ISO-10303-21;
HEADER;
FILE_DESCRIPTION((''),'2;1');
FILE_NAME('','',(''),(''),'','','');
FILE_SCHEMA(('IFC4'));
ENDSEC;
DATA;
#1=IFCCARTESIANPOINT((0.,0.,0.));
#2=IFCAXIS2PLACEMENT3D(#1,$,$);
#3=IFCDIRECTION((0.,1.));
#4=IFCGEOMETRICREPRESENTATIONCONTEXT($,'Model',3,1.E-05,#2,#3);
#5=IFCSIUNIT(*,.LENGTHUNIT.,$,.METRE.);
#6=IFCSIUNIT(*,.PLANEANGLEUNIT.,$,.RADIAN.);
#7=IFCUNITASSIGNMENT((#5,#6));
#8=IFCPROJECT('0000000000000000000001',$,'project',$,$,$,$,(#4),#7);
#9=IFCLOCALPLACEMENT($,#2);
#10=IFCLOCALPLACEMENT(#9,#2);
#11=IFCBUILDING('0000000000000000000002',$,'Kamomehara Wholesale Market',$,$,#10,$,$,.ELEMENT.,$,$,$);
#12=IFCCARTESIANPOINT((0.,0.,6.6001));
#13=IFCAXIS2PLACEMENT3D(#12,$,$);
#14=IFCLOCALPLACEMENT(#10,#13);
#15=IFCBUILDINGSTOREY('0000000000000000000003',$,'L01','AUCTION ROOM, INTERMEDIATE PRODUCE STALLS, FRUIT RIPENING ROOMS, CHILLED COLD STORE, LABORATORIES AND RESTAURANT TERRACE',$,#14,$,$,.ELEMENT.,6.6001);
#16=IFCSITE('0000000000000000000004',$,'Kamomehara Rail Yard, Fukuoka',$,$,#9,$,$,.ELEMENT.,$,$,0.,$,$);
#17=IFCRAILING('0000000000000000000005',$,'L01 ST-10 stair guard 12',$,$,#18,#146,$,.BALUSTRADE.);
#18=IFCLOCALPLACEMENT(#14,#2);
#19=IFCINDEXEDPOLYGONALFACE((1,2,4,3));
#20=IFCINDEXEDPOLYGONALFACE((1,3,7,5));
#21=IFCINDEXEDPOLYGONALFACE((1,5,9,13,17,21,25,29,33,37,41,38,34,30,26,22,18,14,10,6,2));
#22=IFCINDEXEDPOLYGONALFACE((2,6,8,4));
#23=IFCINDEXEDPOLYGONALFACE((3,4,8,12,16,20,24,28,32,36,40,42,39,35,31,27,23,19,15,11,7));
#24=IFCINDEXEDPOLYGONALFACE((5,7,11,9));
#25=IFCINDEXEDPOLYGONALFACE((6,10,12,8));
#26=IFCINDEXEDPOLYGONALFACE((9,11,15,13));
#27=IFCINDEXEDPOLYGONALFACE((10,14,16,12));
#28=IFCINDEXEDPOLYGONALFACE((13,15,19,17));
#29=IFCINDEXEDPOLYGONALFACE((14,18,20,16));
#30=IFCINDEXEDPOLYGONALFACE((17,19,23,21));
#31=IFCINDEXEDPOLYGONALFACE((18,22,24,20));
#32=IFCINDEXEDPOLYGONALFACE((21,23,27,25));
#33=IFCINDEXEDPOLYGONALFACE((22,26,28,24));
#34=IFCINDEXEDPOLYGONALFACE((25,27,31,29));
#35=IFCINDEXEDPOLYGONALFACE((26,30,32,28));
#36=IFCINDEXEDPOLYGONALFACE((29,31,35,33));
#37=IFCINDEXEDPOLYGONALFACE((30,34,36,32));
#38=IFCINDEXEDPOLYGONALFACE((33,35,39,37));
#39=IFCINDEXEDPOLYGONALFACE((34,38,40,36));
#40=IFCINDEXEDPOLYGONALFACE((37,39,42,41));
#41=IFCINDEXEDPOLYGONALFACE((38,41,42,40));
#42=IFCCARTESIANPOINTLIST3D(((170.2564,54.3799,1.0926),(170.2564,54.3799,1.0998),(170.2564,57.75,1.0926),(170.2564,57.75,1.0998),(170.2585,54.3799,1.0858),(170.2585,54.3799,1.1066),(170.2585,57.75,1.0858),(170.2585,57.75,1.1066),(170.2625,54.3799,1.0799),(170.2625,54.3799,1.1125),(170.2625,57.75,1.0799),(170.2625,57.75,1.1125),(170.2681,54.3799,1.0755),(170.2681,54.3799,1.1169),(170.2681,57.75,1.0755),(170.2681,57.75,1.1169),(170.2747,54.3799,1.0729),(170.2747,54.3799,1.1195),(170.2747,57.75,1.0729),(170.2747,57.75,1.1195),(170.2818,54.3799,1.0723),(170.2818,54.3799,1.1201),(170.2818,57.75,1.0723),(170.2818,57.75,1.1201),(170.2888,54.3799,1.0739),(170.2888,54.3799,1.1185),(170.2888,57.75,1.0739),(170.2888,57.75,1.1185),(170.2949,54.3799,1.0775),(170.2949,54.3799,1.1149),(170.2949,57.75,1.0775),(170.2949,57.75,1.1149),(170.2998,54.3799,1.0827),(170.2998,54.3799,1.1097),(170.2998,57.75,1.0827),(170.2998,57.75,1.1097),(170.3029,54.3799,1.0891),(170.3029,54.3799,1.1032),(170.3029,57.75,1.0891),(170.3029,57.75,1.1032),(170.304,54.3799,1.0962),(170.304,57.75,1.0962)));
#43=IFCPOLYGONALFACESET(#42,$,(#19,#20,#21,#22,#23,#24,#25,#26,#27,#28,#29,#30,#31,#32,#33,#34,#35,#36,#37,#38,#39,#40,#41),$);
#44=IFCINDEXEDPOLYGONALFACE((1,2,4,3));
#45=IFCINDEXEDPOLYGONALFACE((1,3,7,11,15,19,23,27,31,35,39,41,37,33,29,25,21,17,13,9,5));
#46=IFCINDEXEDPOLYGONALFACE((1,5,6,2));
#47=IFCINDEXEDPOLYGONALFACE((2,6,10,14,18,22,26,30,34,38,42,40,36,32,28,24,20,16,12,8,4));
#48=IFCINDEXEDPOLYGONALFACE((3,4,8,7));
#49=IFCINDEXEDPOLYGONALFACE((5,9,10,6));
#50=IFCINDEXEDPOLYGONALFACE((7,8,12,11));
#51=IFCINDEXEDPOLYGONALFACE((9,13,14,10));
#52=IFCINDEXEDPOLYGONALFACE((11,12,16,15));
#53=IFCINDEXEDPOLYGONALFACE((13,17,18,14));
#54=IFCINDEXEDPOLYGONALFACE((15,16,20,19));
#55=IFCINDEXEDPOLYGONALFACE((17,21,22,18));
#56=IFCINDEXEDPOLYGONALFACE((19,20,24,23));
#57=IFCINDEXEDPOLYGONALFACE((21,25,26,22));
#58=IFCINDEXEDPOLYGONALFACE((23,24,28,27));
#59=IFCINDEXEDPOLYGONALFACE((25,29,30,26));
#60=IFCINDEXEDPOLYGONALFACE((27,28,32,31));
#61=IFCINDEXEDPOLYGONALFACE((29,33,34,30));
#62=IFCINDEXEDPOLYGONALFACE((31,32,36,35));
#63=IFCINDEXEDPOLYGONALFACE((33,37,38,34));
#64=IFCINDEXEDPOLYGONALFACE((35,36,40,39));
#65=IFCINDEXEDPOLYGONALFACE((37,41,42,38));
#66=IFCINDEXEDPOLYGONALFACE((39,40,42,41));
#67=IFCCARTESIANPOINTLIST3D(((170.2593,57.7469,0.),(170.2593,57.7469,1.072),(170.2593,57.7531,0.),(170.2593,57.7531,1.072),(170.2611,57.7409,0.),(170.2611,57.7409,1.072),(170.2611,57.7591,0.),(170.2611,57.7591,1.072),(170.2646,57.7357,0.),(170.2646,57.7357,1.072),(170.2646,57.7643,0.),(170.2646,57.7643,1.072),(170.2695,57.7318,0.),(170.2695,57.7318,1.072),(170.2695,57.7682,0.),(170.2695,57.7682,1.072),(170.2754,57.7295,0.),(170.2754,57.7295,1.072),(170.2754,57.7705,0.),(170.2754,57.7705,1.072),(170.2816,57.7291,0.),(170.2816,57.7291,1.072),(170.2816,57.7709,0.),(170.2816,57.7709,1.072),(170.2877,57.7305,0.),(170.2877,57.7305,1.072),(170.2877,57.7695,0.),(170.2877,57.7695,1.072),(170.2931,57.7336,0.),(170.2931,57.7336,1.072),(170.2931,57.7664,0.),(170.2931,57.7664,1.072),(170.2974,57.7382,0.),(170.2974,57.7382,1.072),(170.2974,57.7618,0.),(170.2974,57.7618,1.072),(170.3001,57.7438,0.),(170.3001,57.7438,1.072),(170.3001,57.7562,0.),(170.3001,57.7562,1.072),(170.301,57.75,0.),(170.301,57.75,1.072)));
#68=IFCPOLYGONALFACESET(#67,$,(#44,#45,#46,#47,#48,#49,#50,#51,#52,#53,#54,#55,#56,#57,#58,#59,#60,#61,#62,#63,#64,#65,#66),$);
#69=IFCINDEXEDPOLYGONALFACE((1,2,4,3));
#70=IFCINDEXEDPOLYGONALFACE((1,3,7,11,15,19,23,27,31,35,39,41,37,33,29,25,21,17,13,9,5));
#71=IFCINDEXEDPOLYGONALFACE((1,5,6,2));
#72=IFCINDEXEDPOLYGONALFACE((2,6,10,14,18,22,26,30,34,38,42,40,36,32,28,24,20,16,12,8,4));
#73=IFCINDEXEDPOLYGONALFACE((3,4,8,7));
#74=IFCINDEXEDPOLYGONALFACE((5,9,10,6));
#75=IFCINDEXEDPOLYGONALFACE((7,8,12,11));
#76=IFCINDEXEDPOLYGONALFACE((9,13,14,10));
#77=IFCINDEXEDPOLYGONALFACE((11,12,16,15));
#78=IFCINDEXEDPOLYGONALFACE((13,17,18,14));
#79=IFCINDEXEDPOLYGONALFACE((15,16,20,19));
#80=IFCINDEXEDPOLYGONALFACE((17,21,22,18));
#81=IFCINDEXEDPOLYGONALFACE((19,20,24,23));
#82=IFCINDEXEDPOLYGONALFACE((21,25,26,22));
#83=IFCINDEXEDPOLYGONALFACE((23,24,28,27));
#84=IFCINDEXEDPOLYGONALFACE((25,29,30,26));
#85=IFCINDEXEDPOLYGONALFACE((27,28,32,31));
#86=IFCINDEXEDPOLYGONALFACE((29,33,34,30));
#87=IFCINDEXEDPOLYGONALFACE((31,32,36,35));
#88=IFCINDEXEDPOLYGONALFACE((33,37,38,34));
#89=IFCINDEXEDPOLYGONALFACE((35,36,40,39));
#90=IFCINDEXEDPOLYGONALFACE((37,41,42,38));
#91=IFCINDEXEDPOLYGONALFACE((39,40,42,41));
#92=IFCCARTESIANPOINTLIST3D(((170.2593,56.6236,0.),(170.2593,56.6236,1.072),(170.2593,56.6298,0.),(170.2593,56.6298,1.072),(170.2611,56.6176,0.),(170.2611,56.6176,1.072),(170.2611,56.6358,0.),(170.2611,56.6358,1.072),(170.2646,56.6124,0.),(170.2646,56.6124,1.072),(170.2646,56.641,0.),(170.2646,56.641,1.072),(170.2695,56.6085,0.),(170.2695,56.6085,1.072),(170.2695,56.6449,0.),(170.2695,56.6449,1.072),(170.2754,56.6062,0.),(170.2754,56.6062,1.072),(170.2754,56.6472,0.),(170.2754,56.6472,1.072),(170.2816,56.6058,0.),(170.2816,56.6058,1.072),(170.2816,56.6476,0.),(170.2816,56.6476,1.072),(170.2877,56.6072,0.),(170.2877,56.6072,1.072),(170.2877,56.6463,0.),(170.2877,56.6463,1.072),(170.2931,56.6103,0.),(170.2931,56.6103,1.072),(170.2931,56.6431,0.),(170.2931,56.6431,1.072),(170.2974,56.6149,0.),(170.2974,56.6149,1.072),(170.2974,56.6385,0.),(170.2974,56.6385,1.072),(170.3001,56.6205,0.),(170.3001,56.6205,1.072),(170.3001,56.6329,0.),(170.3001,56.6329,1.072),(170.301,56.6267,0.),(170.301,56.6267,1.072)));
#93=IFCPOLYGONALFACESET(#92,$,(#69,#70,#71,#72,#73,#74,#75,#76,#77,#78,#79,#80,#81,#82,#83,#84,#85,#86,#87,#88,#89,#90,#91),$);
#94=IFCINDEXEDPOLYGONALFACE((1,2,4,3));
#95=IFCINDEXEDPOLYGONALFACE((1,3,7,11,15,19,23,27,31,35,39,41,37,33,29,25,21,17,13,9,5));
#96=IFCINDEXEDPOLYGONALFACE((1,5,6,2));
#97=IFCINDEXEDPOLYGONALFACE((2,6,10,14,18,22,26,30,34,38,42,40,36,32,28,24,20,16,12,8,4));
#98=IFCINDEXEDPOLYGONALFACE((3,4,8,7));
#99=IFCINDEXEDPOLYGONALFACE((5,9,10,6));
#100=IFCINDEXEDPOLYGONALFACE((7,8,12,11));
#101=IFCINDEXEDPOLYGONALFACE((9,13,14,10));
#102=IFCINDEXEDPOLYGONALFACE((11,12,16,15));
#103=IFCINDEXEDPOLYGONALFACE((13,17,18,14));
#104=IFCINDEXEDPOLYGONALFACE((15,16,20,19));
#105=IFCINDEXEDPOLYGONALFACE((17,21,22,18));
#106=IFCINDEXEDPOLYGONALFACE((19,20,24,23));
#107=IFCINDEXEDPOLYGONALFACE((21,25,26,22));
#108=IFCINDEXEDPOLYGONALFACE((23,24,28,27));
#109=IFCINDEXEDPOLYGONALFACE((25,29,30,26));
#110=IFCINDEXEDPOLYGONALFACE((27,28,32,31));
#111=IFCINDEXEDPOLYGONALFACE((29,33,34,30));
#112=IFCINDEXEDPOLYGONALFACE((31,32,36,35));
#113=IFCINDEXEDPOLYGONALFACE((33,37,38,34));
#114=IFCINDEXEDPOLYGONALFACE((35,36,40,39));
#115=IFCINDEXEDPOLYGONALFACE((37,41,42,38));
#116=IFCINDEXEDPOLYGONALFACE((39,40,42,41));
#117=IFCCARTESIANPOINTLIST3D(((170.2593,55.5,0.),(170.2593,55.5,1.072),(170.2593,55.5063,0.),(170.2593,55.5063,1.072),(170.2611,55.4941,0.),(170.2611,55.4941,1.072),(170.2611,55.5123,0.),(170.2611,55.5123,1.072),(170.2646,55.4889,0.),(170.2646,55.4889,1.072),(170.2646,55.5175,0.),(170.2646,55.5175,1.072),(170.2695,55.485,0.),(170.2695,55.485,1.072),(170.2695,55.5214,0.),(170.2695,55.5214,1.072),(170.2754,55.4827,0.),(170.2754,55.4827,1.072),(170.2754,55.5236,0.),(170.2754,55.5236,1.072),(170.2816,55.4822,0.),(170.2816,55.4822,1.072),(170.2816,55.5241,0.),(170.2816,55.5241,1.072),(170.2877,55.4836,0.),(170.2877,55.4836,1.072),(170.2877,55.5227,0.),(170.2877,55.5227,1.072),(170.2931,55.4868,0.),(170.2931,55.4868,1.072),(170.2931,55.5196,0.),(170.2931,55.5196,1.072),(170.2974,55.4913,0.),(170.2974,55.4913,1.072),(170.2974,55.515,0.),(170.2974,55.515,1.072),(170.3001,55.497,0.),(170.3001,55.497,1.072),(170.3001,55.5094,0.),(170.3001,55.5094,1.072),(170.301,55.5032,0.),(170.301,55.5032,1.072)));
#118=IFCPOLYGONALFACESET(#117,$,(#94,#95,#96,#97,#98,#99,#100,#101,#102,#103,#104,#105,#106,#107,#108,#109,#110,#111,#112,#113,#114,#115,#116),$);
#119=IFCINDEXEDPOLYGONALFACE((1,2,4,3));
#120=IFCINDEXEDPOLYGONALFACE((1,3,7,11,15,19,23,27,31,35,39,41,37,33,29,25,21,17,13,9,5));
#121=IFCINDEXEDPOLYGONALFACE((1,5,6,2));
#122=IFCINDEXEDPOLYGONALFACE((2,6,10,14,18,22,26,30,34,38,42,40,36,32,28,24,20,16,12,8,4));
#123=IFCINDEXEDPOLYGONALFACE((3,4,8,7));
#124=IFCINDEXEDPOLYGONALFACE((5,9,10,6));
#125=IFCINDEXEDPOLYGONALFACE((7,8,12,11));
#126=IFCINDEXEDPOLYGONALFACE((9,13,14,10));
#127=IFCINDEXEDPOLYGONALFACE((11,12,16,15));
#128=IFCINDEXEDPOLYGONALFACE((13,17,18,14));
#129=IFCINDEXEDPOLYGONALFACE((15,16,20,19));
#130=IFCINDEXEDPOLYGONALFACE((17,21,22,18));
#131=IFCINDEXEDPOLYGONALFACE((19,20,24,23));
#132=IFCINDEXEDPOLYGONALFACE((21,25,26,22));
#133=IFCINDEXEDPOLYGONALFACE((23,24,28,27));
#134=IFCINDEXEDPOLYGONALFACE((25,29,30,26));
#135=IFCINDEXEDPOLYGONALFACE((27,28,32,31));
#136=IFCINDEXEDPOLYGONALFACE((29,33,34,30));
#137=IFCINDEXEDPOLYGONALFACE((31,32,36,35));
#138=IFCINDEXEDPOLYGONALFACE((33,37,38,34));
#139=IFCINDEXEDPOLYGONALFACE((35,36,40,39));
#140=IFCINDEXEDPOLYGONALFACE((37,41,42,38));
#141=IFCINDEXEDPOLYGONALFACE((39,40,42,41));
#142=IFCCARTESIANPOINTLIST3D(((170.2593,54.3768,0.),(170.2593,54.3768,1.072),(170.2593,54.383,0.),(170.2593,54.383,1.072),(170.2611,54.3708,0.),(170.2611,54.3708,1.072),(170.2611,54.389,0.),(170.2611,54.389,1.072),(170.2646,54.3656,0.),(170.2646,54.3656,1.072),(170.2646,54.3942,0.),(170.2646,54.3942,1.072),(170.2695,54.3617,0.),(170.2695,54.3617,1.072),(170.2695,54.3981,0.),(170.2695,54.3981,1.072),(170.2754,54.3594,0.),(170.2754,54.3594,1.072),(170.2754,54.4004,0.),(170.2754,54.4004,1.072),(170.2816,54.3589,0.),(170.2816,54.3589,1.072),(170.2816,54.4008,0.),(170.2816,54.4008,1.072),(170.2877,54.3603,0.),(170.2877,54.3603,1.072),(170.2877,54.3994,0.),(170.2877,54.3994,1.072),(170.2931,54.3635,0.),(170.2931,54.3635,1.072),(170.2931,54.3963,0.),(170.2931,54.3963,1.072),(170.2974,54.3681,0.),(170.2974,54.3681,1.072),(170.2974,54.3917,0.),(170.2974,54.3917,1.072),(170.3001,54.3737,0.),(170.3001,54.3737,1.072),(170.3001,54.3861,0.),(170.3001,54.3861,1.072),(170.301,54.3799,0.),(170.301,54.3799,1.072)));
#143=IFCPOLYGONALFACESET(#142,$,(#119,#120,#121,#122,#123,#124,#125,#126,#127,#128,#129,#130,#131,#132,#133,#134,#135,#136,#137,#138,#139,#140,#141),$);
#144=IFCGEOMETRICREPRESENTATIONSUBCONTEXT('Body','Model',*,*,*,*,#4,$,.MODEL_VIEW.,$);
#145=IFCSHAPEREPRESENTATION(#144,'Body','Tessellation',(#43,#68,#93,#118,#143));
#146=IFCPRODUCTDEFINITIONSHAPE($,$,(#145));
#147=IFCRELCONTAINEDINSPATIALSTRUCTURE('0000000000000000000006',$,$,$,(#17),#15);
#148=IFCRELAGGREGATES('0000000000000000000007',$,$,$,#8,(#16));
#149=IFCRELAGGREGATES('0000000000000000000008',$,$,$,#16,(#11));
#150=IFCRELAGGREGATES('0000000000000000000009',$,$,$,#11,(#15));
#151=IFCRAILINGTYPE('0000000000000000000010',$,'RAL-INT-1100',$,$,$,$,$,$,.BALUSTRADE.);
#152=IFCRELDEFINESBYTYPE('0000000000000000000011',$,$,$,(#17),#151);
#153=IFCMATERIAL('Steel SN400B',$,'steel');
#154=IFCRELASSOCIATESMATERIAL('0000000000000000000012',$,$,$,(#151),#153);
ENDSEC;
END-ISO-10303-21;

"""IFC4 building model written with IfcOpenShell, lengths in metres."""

from ifc_helpers import new_model, si_unit, direction, frame, origin, origin_2d, place, context, subcontext, project, spatial, circle, extrude, material, type_object, element, save


model = new_model("IFC4")

# Units and contexts
model_context = context("Model", 3, precision=1e-05, world=origin(), true_north=direction((0.0, 1.0)))
body_context = subcontext(model_context, "Body", "Model", "MODEL_VIEW")
ifc_project = project(units=[si_unit("LENGTHUNIT", "METRE"), si_unit("PLANEANGLEUNIT", "RADIAN")], contexts=[model_context])

# Site, building, storey
site_placement = place(None, origin())
site = spatial("IfcSite", under=ifc_project, at=site_placement, Name="Kamomehara Rail Yard, Fukuoka", CompositionType="ELEMENT", RefElevation=0.0)
building_placement = place(site_placement, origin())
building = spatial("IfcBuilding", under=site, at=building_placement, Name="Kamomehara Wholesale Market", CompositionType="ELEMENT")
storey_placement = place(building_placement, frame((0.0, 0.0, 6.6001)))
storey = spatial("IfcBuildingStorey", under=building, at=storey_placement, Name="L01", Description="AUCTION ROOM, INTERMEDIATE PRODUCE STALLS, FRUIT RIPENING ROOMS, CHILLED COLD STORE, LABORATORIES AND RESTAURANT TERRACE", CompositionType="ELEMENT", Elevation=6.6001)

# Railing
ifc_material_1 = material(Name="Steel SN400B", Category="steel")
railing_type_1 = type_object("IfcRailingType", Name="RAL-INT-1100", PredefinedType="BALUSTRADE", material=ifc_material_1)
railing_1_placement = place(storey_placement, frame((170.28, 57.75, 0.0)))
element("IfcRailing", 1, at=railing_1_placement, inside=storey, type_object=railing_type_1, Name="L01 ST-10 stair guard 12", PredefinedType="BALUSTRADE", context=body_context, shape_type="SweptSolid", body=[
    extrude(circle(Radius=0.0239, at=origin_2d()), frame((0.0, 0.0, 1.0962), z_axis=(0.0, -1.0, 0.0), x_axis=(1.0, 0.0, 0.0)), (0.0, 0.0, 1.0), 3.3701),
    extrude(circle(Radius=0.021, at=origin_2d()), origin(), (0.0, 0.0, 1.0), 1.072),
    extrude(circle(Radius=0.021, at=origin_2d()), frame((0.0, -1.1233, 0.0)), (0.0, 0.0, 1.0), 1.072),
    extrude(circle(Radius=0.021, at=origin_2d()), frame((0.0, -2.2468, 0.0)), (0.0, 0.0, 1.0), 1.072),
    extrude(circle(Radius=0.021, at=origin_2d()), frame((0.0, -3.3701, 0.0)), (0.0, 0.0, 1.0), 1.072),
])

save(model, "model.ifc")
